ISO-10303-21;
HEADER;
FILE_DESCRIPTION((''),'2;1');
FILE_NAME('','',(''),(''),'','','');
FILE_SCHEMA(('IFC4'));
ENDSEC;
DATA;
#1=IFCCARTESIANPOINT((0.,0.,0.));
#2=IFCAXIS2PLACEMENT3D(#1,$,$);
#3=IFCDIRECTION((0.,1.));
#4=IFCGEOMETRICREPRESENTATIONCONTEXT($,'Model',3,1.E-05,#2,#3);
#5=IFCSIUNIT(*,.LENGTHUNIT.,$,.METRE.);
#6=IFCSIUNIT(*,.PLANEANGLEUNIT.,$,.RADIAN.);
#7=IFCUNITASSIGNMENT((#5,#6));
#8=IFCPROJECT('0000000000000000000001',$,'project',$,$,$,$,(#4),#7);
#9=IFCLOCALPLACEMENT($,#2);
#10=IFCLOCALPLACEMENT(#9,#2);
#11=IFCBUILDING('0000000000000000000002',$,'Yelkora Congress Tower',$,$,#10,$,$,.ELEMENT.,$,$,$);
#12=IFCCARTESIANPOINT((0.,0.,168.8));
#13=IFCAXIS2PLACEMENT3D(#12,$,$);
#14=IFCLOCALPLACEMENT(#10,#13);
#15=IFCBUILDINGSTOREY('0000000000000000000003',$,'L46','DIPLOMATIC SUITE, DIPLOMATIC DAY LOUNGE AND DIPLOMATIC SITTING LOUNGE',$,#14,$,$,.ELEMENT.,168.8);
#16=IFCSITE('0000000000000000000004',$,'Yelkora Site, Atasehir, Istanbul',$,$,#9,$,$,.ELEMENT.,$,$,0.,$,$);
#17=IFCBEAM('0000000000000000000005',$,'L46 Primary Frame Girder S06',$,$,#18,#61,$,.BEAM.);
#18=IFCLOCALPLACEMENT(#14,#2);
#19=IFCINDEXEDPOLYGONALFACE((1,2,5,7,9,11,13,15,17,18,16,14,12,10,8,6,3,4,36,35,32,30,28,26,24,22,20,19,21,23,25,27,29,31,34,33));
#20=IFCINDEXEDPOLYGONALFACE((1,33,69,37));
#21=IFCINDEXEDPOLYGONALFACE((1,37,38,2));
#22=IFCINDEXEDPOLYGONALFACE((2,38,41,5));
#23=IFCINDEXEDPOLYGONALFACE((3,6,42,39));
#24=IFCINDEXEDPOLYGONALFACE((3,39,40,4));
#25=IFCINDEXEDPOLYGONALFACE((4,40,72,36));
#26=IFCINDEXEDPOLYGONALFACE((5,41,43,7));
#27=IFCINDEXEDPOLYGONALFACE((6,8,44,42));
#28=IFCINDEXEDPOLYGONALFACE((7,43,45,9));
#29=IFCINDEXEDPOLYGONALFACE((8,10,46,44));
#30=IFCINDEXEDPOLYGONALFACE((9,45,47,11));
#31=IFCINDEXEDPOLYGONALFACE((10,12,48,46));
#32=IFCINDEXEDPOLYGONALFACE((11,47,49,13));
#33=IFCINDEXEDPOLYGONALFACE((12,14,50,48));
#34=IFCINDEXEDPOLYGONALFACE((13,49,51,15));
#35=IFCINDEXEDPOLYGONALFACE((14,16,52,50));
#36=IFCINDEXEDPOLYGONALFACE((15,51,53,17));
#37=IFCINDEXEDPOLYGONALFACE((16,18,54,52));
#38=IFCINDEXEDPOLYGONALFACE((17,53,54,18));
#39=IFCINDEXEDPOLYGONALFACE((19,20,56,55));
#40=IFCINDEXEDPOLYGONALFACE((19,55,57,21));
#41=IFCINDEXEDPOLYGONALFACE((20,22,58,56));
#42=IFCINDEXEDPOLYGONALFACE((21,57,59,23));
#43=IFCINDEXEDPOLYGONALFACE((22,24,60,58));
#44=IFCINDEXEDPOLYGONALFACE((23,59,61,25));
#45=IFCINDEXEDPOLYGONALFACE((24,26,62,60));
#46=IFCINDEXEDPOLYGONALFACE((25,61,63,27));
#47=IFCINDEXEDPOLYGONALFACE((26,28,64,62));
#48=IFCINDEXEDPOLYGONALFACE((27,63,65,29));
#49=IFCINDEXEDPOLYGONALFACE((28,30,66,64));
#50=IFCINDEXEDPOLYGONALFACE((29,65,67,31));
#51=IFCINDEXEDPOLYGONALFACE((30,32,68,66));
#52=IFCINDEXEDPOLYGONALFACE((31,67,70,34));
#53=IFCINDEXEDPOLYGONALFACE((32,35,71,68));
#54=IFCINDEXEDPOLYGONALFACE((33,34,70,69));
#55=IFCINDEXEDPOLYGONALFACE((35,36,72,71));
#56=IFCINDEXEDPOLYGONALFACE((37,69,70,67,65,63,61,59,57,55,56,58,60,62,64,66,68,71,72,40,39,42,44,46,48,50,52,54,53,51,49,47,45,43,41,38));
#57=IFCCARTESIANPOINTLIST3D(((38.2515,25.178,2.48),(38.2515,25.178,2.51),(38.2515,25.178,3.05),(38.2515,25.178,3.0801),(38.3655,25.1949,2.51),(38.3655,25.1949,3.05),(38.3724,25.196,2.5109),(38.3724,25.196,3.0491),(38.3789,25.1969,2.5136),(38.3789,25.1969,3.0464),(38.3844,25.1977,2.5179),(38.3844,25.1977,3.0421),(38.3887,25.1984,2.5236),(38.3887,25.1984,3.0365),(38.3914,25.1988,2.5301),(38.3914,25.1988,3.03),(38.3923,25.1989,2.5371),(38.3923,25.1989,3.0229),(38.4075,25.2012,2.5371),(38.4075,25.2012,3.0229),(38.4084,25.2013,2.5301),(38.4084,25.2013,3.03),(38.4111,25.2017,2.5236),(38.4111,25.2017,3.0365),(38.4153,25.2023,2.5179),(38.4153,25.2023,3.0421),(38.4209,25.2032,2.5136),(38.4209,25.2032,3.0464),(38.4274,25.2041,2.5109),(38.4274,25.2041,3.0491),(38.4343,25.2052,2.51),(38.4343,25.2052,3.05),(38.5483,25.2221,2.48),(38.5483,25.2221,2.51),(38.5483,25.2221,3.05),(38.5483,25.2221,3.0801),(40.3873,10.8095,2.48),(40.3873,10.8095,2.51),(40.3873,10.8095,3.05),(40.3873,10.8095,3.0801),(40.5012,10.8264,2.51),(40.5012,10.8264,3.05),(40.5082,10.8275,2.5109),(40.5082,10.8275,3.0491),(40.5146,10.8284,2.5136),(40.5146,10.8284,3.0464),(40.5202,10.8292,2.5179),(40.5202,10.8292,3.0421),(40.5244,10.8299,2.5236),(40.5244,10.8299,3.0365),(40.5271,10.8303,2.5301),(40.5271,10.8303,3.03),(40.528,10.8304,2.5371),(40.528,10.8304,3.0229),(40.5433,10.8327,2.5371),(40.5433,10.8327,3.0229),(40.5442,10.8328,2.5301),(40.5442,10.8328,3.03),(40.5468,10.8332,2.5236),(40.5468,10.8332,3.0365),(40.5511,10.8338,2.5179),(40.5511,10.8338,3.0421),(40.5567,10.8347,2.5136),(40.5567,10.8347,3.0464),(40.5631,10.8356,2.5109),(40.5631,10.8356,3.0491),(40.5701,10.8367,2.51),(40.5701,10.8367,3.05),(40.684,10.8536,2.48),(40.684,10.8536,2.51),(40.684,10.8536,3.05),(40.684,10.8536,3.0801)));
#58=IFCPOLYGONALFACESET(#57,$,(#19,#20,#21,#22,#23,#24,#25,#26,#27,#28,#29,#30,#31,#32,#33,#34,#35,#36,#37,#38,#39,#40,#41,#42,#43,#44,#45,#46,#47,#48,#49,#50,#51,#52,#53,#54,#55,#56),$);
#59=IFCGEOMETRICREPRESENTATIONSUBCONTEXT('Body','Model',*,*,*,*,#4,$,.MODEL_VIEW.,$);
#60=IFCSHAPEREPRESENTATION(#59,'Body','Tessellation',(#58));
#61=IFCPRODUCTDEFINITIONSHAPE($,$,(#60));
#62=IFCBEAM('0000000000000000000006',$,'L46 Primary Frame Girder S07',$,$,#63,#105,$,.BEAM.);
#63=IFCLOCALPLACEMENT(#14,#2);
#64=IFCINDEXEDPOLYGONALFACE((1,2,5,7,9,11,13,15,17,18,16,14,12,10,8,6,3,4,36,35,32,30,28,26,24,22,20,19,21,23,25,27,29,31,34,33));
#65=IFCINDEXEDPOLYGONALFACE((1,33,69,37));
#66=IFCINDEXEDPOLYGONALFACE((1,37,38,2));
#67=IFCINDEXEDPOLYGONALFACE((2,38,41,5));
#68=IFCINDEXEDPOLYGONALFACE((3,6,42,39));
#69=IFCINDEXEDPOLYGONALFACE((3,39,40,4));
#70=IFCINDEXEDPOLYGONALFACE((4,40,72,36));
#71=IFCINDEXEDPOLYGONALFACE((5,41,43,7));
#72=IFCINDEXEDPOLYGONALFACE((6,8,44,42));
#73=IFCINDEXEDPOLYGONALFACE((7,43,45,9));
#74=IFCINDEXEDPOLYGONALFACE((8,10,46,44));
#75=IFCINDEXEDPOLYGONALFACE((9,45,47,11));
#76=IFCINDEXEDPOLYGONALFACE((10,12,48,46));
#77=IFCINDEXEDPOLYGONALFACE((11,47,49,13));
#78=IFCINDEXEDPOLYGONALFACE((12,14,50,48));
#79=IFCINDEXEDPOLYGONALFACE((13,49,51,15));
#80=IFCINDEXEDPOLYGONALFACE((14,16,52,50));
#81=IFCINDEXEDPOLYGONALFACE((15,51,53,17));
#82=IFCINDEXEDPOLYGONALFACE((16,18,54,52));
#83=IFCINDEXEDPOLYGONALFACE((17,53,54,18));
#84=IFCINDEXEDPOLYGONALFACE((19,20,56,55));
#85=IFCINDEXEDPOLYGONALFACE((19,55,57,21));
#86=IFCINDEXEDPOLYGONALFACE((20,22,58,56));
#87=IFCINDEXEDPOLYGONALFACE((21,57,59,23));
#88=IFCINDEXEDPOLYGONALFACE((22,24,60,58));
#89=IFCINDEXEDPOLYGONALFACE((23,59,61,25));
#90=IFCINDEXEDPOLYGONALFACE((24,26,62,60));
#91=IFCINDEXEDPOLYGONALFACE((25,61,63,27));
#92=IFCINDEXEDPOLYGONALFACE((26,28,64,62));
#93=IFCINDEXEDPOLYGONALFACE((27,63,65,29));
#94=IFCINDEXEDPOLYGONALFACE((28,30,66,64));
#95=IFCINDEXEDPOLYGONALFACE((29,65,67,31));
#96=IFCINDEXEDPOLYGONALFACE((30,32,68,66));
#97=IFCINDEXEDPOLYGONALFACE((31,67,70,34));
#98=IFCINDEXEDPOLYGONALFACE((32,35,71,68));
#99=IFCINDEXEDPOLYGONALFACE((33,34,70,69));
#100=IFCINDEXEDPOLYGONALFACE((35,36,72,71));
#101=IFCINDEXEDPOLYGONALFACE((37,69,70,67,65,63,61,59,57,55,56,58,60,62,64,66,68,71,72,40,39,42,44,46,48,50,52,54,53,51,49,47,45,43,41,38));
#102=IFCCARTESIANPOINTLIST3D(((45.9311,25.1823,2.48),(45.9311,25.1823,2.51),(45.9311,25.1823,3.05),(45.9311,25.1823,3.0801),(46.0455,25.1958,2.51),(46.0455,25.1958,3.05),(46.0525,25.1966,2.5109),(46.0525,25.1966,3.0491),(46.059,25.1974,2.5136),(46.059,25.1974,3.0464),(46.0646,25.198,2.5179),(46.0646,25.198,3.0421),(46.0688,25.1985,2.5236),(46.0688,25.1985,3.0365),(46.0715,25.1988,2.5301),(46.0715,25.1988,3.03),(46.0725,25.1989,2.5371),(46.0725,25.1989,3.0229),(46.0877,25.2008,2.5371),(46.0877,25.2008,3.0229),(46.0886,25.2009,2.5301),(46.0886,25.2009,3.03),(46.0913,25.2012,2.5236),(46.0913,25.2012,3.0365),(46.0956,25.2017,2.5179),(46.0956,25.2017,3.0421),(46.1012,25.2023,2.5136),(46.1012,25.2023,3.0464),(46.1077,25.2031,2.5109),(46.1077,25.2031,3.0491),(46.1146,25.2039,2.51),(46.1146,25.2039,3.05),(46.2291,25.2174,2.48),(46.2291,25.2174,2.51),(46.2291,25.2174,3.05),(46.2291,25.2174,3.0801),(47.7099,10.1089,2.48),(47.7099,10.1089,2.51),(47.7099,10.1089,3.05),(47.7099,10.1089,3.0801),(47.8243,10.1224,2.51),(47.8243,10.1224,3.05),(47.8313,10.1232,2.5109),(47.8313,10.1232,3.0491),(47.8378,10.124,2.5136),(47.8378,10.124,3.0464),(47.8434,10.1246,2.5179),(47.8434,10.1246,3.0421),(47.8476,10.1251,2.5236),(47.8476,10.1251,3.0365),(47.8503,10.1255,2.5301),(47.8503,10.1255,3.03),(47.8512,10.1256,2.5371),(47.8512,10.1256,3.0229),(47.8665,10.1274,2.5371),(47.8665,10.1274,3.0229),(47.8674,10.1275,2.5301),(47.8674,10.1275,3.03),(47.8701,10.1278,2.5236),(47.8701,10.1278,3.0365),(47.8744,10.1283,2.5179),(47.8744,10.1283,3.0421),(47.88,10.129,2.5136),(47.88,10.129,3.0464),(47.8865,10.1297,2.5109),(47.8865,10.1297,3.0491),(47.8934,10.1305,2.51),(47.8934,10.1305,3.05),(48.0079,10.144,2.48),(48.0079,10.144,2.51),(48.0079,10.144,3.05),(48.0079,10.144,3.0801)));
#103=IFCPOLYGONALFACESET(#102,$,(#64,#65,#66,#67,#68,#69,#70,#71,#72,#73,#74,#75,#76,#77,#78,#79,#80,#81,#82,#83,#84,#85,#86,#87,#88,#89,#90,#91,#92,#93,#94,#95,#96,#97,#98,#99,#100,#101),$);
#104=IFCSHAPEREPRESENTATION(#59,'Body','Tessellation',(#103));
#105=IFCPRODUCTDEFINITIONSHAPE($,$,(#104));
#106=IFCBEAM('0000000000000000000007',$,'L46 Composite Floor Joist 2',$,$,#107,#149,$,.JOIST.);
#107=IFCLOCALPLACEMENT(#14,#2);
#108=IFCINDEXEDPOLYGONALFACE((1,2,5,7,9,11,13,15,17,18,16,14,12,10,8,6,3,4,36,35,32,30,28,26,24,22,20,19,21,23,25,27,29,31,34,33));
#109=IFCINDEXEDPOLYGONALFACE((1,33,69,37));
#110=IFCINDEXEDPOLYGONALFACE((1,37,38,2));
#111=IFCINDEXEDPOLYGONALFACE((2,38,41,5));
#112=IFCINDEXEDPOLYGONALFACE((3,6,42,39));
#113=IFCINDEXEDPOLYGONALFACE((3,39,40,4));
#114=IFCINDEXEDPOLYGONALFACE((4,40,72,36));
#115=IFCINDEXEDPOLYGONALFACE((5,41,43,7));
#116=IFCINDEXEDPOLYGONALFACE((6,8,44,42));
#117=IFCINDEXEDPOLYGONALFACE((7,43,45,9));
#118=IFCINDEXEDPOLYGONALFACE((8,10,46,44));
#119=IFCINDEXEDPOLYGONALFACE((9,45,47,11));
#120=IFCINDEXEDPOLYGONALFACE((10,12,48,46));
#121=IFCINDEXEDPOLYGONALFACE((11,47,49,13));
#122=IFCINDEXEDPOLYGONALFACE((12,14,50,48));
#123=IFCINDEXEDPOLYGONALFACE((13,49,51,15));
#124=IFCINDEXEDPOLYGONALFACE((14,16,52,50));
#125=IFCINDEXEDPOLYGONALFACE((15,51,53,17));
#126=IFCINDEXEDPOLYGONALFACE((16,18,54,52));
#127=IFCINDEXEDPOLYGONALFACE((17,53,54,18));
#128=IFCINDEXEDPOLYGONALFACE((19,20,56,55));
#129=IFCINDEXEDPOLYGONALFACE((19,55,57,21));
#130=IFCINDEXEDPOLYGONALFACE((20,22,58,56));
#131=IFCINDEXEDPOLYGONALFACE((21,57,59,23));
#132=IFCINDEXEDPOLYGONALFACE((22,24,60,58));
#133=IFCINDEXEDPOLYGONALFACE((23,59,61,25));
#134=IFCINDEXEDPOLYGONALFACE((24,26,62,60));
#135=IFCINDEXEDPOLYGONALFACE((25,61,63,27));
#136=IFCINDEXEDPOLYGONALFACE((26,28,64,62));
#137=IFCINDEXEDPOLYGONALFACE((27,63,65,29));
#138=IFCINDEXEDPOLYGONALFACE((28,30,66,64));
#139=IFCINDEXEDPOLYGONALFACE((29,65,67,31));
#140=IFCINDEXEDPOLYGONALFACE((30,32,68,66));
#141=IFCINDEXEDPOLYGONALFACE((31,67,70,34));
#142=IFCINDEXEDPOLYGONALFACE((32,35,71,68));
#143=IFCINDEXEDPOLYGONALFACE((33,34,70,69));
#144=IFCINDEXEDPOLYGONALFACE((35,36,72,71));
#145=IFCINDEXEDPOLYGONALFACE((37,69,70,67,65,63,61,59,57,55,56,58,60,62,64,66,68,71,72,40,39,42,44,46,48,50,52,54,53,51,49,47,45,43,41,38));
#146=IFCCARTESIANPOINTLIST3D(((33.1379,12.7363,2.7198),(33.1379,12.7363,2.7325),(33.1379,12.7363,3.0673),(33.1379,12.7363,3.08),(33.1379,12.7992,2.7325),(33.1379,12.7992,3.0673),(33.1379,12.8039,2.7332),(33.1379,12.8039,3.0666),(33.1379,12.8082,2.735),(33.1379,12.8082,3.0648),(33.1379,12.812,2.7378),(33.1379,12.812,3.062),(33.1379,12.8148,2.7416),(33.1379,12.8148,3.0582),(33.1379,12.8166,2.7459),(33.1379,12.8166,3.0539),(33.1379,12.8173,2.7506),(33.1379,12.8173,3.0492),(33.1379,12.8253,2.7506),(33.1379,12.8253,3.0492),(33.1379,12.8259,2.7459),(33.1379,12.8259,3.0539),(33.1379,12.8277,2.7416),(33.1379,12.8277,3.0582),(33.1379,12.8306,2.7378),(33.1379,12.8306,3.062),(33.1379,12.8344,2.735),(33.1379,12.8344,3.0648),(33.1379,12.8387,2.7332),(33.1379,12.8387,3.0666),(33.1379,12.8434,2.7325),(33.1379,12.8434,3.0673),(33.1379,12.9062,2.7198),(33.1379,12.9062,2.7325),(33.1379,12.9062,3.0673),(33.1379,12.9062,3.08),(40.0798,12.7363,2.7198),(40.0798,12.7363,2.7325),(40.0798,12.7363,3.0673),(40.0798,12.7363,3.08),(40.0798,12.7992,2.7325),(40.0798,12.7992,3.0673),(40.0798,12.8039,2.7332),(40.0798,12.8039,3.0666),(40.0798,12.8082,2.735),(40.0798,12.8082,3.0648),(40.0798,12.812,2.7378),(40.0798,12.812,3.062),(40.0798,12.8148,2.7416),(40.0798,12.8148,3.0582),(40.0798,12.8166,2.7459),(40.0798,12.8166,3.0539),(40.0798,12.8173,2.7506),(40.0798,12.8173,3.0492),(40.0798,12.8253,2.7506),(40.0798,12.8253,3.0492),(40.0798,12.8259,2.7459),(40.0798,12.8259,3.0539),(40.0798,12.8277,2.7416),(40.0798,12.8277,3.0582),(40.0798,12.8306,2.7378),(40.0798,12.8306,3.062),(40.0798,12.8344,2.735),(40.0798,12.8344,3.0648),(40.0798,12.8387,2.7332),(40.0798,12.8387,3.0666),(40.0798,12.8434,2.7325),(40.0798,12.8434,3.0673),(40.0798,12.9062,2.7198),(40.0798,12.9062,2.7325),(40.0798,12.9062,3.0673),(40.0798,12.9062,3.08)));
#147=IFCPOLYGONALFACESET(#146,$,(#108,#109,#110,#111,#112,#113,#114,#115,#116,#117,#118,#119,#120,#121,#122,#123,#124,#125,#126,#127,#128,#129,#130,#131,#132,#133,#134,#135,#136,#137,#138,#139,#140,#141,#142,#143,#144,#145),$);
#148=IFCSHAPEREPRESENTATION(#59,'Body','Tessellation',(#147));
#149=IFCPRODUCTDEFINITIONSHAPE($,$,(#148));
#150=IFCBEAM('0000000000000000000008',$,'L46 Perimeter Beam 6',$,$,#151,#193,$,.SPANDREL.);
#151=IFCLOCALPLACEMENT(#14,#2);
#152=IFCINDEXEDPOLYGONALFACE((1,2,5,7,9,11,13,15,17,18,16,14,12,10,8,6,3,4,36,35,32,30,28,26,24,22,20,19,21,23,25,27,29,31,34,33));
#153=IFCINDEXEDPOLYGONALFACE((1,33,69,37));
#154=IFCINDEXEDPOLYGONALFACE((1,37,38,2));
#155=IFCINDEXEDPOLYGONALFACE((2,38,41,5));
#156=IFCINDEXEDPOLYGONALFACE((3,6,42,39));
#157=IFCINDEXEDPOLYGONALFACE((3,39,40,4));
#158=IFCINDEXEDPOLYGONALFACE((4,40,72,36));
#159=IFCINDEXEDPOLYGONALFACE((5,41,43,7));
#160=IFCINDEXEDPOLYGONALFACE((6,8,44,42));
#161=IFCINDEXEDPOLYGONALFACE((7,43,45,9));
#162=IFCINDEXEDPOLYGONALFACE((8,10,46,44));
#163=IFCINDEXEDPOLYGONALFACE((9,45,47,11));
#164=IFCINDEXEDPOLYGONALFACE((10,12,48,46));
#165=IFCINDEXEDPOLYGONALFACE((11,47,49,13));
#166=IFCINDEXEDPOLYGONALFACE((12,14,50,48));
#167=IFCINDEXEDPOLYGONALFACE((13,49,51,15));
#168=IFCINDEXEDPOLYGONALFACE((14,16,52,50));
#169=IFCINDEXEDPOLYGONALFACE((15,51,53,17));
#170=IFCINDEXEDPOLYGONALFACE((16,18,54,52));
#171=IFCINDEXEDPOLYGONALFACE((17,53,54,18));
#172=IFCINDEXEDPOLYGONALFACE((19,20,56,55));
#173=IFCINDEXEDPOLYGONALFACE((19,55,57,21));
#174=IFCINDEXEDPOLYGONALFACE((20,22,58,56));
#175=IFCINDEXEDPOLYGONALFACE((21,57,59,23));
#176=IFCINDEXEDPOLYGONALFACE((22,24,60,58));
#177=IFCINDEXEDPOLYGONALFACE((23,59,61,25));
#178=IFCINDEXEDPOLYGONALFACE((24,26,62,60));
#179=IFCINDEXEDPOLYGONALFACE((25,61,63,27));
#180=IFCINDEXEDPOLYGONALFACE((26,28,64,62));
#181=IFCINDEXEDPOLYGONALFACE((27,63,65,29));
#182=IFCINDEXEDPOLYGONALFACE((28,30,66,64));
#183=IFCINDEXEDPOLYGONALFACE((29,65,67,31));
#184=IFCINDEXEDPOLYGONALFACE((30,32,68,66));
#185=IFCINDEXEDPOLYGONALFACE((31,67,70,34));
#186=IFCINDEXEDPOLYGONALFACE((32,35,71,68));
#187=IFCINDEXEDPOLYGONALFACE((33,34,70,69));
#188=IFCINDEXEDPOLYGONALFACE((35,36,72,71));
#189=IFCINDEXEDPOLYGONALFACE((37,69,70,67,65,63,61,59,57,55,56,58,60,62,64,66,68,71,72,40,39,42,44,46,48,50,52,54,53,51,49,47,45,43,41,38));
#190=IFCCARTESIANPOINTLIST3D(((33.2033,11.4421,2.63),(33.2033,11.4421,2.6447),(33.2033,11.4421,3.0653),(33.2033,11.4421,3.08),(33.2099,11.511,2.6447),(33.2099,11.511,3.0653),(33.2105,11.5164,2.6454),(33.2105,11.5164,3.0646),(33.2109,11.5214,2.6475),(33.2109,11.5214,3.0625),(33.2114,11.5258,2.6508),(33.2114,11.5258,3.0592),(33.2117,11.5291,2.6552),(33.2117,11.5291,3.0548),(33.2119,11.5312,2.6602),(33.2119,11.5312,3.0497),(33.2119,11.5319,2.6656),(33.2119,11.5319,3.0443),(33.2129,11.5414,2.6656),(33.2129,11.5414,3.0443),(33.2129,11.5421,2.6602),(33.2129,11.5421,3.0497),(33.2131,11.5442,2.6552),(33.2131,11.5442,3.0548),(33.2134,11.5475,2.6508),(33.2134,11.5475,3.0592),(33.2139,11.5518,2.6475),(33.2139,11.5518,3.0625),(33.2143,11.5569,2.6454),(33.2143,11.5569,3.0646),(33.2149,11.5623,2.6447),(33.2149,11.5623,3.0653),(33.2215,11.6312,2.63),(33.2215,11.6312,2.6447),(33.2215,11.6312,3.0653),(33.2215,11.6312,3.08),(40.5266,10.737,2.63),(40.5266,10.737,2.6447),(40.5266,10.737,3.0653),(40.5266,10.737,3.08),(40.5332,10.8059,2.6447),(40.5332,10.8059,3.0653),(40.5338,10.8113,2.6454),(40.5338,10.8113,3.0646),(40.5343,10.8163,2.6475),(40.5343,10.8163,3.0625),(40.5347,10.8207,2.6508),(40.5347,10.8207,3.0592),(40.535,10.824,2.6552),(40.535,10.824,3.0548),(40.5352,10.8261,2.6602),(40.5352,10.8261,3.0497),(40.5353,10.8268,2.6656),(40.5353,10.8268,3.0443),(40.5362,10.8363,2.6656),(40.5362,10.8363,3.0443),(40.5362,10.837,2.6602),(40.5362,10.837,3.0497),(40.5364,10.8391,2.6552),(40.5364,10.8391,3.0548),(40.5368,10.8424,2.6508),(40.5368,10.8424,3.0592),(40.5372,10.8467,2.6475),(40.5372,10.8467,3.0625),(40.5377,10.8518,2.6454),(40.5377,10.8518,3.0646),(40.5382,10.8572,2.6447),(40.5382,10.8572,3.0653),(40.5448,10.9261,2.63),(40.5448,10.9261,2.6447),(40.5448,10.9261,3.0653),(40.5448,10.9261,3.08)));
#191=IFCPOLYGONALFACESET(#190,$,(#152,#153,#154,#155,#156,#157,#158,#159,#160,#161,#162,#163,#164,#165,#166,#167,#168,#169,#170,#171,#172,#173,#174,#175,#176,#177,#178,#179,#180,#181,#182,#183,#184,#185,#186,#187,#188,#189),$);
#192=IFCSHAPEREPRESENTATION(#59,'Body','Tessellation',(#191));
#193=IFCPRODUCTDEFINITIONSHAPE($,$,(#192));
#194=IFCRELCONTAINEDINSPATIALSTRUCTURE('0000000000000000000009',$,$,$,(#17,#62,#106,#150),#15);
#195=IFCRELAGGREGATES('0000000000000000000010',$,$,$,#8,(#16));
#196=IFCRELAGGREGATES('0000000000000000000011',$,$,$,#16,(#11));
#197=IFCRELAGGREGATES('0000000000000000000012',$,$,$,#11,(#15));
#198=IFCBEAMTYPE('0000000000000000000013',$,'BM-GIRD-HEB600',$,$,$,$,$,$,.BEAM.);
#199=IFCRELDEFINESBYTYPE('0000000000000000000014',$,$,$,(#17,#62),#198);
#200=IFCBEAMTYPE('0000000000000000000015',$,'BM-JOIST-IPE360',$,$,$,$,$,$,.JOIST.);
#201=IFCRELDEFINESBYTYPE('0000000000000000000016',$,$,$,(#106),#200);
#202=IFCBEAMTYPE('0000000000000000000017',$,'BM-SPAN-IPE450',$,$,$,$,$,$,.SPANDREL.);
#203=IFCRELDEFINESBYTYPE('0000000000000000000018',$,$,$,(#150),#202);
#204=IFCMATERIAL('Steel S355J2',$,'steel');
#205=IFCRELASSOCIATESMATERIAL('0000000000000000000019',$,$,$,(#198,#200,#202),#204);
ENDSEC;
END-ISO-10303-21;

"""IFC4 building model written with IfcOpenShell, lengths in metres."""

from ifc_helpers import new_model, si_unit, direction, frame, origin, origin_2d, place, context, subcontext, project, spatial, i_section, extrude, material, material_profile, profile_set, type_object, element, save


model = new_model("IFC4")

# Units and contexts
model_context = context("Model", 3, precision=1e-05, world=origin(), true_north=direction((0.0, 1.0)))
body_context = subcontext(model_context, "Body", "Model", "MODEL_VIEW")
ifc_project = project(units=[si_unit("LENGTHUNIT", "METRE"), si_unit("PLANEANGLEUNIT", "RADIAN")], contexts=[model_context])

# Site, building, storey
site_placement = place(None, origin())
site = spatial("IfcSite", under=ifc_project, at=site_placement, Name="Yelkora Site, Atasehir, Istanbul", CompositionType="ELEMENT", RefElevation=0.0)
building_placement = place(site_placement, origin())
building = spatial("IfcBuilding", under=site, at=building_placement, Name="Yelkora Congress Tower", CompositionType="ELEMENT")
storey_placement = place(building_placement, frame((0.0, 0.0, 168.8)))
storey = spatial("IfcBuildingStorey", under=building, at=storey_placement, Name="L46", Description="DIPLOMATIC SUITE, DIPLOMATIC DAY LOUNGE AND DIPLOMATIC SITTING LOUNGE", CompositionType="ELEMENT", Elevation=168.8)

# Beams
ifc_material_1 = material(Name="Steel S355J2", Category="steel")
ifc_material_profile_1 = material_profile(ifc_material_1, i_section(OverallWidth=0.3, OverallDepth=0.6001, WebThickness=0.0154, FlangeThickness=0.03, FilletRadius=0.0271, at=origin_2d()), Name="HEB 600")
ifc_profile_set_1 = profile_set([ifc_material_profile_1], Name="Steel S355J2")
beam_type_1 = type_object("IfcBeamType", Name="BM-GIRD-HEB600", PredefinedType="BEAM", material=ifc_profile_set_1)
beam_1_placement = place(storey_placement, frame((40.5356, 10.8315, 2.78), z_axis=(-0.147026, 0.989133, 0.0), x_axis=(-0.989133, -0.147026, 0.0)))
element("IfcBeam", 1, at=beam_1_placement, inside=storey, type_object=beam_type_1, Name="L46 Primary Frame Girder S06", PredefinedType="BEAM", context=body_context, shape_type="SweptSolid", body=[
    extrude(i_section(OverallWidth=0.3, OverallDepth=0.6001, WebThickness=0.0154, FlangeThickness=0.03, FilletRadius=0.0271, at=origin_2d()), origin(), (0.0, 0.0, 1.0), 14.5264),
])
beam_2_placement = place(storey_placement, frame((47.8589, 10.1265, 2.78), z_axis=(-0.117196, 0.993109, 0.0), x_axis=(-0.993109, -0.117196, 0.0)))
element("IfcBeam", 2, at=beam_2_placement, inside=storey, type_object=beam_type_1, Name="L46 Primary Frame Girder S07", PredefinedType="BEAM", context=body_context, shape_type="SweptSolid", body=[
    extrude(i_section(OverallWidth=0.3, OverallDepth=0.6001, WebThickness=0.0154, FlangeThickness=0.03, FilletRadius=0.0271, at=origin_2d()), origin(), (0.0, 0.0, 1.0), 15.178),
])
ifc_material_profile_2 = material_profile(ifc_material_1, i_section(OverallWidth=0.1699, OverallDepth=0.3601, WebThickness=0.0081, FlangeThickness=0.0127, FilletRadius=0.0181, at=origin_2d()), Name="IPE 360")
ifc_profile_set_2 = profile_set([ifc_material_profile_2], Name="Steel S355J2")
beam_type_2 = type_object("IfcBeamType", Name="BM-JOIST-IPE360", PredefinedType="JOIST", material=ifc_profile_set_2)
beam_3_placement = place(storey_placement, frame((33.1379, 12.8213, 2.8999), z_axis=(1.0, 0.0, 0.0), x_axis=(0.0, 1.0, 0.0)))
element("IfcBeam", 3, at=beam_3_placement, inside=storey, type_object=beam_type_2, Name="L46 Composite Floor Joist 2", PredefinedType="JOIST", context=body_context, shape_type="SweptSolid", body=[
    extrude(i_section(OverallWidth=0.1699, OverallDepth=0.3601, WebThickness=0.0081, FlangeThickness=0.0127, FilletRadius=0.0181, at=origin_2d()), origin(), (0.0, 0.0, 1.0), 6.9419),
])
ifc_material_profile_3 = material_profile(ifc_material_1, i_section(OverallWidth=0.1899, OverallDepth=0.45, WebThickness=0.0095, FlangeThickness=0.0146, FilletRadius=0.021, at=origin_2d()), Name="IPE 450")
ifc_profile_set_3 = profile_set([ifc_material_profile_3], Name="Steel S355J2")
beam_type_3 = type_object("IfcBeamType", Name="BM-SPAN-IPE450", PredefinedType="SPANDREL", material=ifc_profile_set_3)
for number, where, z_axis, x_axis, name in (
    (4, (33.2124, 11.5366, 2.855), (0.995397, -0.095836, 0.0), (0.095836, 0.995397, 0.0), "L46 Perimeter Beam 6"),
):
    element("IfcBeam", number, at=place(storey_placement, frame(where, z_axis=z_axis, x_axis=x_axis)), inside=storey, type_object=beam_type_3, Name=name, PredefinedType="SPANDREL", context=body_context, shape_type="SweptSolid", body=[
        extrude(i_section(OverallWidth=0.1899, OverallDepth=0.45, WebThickness=0.0095, FlangeThickness=0.0146, FilletRadius=0.021, at=origin_2d()), origin(), (0.0, 0.0, 1.0), 7.3572),
    ])

save(model, "model.ifc")
